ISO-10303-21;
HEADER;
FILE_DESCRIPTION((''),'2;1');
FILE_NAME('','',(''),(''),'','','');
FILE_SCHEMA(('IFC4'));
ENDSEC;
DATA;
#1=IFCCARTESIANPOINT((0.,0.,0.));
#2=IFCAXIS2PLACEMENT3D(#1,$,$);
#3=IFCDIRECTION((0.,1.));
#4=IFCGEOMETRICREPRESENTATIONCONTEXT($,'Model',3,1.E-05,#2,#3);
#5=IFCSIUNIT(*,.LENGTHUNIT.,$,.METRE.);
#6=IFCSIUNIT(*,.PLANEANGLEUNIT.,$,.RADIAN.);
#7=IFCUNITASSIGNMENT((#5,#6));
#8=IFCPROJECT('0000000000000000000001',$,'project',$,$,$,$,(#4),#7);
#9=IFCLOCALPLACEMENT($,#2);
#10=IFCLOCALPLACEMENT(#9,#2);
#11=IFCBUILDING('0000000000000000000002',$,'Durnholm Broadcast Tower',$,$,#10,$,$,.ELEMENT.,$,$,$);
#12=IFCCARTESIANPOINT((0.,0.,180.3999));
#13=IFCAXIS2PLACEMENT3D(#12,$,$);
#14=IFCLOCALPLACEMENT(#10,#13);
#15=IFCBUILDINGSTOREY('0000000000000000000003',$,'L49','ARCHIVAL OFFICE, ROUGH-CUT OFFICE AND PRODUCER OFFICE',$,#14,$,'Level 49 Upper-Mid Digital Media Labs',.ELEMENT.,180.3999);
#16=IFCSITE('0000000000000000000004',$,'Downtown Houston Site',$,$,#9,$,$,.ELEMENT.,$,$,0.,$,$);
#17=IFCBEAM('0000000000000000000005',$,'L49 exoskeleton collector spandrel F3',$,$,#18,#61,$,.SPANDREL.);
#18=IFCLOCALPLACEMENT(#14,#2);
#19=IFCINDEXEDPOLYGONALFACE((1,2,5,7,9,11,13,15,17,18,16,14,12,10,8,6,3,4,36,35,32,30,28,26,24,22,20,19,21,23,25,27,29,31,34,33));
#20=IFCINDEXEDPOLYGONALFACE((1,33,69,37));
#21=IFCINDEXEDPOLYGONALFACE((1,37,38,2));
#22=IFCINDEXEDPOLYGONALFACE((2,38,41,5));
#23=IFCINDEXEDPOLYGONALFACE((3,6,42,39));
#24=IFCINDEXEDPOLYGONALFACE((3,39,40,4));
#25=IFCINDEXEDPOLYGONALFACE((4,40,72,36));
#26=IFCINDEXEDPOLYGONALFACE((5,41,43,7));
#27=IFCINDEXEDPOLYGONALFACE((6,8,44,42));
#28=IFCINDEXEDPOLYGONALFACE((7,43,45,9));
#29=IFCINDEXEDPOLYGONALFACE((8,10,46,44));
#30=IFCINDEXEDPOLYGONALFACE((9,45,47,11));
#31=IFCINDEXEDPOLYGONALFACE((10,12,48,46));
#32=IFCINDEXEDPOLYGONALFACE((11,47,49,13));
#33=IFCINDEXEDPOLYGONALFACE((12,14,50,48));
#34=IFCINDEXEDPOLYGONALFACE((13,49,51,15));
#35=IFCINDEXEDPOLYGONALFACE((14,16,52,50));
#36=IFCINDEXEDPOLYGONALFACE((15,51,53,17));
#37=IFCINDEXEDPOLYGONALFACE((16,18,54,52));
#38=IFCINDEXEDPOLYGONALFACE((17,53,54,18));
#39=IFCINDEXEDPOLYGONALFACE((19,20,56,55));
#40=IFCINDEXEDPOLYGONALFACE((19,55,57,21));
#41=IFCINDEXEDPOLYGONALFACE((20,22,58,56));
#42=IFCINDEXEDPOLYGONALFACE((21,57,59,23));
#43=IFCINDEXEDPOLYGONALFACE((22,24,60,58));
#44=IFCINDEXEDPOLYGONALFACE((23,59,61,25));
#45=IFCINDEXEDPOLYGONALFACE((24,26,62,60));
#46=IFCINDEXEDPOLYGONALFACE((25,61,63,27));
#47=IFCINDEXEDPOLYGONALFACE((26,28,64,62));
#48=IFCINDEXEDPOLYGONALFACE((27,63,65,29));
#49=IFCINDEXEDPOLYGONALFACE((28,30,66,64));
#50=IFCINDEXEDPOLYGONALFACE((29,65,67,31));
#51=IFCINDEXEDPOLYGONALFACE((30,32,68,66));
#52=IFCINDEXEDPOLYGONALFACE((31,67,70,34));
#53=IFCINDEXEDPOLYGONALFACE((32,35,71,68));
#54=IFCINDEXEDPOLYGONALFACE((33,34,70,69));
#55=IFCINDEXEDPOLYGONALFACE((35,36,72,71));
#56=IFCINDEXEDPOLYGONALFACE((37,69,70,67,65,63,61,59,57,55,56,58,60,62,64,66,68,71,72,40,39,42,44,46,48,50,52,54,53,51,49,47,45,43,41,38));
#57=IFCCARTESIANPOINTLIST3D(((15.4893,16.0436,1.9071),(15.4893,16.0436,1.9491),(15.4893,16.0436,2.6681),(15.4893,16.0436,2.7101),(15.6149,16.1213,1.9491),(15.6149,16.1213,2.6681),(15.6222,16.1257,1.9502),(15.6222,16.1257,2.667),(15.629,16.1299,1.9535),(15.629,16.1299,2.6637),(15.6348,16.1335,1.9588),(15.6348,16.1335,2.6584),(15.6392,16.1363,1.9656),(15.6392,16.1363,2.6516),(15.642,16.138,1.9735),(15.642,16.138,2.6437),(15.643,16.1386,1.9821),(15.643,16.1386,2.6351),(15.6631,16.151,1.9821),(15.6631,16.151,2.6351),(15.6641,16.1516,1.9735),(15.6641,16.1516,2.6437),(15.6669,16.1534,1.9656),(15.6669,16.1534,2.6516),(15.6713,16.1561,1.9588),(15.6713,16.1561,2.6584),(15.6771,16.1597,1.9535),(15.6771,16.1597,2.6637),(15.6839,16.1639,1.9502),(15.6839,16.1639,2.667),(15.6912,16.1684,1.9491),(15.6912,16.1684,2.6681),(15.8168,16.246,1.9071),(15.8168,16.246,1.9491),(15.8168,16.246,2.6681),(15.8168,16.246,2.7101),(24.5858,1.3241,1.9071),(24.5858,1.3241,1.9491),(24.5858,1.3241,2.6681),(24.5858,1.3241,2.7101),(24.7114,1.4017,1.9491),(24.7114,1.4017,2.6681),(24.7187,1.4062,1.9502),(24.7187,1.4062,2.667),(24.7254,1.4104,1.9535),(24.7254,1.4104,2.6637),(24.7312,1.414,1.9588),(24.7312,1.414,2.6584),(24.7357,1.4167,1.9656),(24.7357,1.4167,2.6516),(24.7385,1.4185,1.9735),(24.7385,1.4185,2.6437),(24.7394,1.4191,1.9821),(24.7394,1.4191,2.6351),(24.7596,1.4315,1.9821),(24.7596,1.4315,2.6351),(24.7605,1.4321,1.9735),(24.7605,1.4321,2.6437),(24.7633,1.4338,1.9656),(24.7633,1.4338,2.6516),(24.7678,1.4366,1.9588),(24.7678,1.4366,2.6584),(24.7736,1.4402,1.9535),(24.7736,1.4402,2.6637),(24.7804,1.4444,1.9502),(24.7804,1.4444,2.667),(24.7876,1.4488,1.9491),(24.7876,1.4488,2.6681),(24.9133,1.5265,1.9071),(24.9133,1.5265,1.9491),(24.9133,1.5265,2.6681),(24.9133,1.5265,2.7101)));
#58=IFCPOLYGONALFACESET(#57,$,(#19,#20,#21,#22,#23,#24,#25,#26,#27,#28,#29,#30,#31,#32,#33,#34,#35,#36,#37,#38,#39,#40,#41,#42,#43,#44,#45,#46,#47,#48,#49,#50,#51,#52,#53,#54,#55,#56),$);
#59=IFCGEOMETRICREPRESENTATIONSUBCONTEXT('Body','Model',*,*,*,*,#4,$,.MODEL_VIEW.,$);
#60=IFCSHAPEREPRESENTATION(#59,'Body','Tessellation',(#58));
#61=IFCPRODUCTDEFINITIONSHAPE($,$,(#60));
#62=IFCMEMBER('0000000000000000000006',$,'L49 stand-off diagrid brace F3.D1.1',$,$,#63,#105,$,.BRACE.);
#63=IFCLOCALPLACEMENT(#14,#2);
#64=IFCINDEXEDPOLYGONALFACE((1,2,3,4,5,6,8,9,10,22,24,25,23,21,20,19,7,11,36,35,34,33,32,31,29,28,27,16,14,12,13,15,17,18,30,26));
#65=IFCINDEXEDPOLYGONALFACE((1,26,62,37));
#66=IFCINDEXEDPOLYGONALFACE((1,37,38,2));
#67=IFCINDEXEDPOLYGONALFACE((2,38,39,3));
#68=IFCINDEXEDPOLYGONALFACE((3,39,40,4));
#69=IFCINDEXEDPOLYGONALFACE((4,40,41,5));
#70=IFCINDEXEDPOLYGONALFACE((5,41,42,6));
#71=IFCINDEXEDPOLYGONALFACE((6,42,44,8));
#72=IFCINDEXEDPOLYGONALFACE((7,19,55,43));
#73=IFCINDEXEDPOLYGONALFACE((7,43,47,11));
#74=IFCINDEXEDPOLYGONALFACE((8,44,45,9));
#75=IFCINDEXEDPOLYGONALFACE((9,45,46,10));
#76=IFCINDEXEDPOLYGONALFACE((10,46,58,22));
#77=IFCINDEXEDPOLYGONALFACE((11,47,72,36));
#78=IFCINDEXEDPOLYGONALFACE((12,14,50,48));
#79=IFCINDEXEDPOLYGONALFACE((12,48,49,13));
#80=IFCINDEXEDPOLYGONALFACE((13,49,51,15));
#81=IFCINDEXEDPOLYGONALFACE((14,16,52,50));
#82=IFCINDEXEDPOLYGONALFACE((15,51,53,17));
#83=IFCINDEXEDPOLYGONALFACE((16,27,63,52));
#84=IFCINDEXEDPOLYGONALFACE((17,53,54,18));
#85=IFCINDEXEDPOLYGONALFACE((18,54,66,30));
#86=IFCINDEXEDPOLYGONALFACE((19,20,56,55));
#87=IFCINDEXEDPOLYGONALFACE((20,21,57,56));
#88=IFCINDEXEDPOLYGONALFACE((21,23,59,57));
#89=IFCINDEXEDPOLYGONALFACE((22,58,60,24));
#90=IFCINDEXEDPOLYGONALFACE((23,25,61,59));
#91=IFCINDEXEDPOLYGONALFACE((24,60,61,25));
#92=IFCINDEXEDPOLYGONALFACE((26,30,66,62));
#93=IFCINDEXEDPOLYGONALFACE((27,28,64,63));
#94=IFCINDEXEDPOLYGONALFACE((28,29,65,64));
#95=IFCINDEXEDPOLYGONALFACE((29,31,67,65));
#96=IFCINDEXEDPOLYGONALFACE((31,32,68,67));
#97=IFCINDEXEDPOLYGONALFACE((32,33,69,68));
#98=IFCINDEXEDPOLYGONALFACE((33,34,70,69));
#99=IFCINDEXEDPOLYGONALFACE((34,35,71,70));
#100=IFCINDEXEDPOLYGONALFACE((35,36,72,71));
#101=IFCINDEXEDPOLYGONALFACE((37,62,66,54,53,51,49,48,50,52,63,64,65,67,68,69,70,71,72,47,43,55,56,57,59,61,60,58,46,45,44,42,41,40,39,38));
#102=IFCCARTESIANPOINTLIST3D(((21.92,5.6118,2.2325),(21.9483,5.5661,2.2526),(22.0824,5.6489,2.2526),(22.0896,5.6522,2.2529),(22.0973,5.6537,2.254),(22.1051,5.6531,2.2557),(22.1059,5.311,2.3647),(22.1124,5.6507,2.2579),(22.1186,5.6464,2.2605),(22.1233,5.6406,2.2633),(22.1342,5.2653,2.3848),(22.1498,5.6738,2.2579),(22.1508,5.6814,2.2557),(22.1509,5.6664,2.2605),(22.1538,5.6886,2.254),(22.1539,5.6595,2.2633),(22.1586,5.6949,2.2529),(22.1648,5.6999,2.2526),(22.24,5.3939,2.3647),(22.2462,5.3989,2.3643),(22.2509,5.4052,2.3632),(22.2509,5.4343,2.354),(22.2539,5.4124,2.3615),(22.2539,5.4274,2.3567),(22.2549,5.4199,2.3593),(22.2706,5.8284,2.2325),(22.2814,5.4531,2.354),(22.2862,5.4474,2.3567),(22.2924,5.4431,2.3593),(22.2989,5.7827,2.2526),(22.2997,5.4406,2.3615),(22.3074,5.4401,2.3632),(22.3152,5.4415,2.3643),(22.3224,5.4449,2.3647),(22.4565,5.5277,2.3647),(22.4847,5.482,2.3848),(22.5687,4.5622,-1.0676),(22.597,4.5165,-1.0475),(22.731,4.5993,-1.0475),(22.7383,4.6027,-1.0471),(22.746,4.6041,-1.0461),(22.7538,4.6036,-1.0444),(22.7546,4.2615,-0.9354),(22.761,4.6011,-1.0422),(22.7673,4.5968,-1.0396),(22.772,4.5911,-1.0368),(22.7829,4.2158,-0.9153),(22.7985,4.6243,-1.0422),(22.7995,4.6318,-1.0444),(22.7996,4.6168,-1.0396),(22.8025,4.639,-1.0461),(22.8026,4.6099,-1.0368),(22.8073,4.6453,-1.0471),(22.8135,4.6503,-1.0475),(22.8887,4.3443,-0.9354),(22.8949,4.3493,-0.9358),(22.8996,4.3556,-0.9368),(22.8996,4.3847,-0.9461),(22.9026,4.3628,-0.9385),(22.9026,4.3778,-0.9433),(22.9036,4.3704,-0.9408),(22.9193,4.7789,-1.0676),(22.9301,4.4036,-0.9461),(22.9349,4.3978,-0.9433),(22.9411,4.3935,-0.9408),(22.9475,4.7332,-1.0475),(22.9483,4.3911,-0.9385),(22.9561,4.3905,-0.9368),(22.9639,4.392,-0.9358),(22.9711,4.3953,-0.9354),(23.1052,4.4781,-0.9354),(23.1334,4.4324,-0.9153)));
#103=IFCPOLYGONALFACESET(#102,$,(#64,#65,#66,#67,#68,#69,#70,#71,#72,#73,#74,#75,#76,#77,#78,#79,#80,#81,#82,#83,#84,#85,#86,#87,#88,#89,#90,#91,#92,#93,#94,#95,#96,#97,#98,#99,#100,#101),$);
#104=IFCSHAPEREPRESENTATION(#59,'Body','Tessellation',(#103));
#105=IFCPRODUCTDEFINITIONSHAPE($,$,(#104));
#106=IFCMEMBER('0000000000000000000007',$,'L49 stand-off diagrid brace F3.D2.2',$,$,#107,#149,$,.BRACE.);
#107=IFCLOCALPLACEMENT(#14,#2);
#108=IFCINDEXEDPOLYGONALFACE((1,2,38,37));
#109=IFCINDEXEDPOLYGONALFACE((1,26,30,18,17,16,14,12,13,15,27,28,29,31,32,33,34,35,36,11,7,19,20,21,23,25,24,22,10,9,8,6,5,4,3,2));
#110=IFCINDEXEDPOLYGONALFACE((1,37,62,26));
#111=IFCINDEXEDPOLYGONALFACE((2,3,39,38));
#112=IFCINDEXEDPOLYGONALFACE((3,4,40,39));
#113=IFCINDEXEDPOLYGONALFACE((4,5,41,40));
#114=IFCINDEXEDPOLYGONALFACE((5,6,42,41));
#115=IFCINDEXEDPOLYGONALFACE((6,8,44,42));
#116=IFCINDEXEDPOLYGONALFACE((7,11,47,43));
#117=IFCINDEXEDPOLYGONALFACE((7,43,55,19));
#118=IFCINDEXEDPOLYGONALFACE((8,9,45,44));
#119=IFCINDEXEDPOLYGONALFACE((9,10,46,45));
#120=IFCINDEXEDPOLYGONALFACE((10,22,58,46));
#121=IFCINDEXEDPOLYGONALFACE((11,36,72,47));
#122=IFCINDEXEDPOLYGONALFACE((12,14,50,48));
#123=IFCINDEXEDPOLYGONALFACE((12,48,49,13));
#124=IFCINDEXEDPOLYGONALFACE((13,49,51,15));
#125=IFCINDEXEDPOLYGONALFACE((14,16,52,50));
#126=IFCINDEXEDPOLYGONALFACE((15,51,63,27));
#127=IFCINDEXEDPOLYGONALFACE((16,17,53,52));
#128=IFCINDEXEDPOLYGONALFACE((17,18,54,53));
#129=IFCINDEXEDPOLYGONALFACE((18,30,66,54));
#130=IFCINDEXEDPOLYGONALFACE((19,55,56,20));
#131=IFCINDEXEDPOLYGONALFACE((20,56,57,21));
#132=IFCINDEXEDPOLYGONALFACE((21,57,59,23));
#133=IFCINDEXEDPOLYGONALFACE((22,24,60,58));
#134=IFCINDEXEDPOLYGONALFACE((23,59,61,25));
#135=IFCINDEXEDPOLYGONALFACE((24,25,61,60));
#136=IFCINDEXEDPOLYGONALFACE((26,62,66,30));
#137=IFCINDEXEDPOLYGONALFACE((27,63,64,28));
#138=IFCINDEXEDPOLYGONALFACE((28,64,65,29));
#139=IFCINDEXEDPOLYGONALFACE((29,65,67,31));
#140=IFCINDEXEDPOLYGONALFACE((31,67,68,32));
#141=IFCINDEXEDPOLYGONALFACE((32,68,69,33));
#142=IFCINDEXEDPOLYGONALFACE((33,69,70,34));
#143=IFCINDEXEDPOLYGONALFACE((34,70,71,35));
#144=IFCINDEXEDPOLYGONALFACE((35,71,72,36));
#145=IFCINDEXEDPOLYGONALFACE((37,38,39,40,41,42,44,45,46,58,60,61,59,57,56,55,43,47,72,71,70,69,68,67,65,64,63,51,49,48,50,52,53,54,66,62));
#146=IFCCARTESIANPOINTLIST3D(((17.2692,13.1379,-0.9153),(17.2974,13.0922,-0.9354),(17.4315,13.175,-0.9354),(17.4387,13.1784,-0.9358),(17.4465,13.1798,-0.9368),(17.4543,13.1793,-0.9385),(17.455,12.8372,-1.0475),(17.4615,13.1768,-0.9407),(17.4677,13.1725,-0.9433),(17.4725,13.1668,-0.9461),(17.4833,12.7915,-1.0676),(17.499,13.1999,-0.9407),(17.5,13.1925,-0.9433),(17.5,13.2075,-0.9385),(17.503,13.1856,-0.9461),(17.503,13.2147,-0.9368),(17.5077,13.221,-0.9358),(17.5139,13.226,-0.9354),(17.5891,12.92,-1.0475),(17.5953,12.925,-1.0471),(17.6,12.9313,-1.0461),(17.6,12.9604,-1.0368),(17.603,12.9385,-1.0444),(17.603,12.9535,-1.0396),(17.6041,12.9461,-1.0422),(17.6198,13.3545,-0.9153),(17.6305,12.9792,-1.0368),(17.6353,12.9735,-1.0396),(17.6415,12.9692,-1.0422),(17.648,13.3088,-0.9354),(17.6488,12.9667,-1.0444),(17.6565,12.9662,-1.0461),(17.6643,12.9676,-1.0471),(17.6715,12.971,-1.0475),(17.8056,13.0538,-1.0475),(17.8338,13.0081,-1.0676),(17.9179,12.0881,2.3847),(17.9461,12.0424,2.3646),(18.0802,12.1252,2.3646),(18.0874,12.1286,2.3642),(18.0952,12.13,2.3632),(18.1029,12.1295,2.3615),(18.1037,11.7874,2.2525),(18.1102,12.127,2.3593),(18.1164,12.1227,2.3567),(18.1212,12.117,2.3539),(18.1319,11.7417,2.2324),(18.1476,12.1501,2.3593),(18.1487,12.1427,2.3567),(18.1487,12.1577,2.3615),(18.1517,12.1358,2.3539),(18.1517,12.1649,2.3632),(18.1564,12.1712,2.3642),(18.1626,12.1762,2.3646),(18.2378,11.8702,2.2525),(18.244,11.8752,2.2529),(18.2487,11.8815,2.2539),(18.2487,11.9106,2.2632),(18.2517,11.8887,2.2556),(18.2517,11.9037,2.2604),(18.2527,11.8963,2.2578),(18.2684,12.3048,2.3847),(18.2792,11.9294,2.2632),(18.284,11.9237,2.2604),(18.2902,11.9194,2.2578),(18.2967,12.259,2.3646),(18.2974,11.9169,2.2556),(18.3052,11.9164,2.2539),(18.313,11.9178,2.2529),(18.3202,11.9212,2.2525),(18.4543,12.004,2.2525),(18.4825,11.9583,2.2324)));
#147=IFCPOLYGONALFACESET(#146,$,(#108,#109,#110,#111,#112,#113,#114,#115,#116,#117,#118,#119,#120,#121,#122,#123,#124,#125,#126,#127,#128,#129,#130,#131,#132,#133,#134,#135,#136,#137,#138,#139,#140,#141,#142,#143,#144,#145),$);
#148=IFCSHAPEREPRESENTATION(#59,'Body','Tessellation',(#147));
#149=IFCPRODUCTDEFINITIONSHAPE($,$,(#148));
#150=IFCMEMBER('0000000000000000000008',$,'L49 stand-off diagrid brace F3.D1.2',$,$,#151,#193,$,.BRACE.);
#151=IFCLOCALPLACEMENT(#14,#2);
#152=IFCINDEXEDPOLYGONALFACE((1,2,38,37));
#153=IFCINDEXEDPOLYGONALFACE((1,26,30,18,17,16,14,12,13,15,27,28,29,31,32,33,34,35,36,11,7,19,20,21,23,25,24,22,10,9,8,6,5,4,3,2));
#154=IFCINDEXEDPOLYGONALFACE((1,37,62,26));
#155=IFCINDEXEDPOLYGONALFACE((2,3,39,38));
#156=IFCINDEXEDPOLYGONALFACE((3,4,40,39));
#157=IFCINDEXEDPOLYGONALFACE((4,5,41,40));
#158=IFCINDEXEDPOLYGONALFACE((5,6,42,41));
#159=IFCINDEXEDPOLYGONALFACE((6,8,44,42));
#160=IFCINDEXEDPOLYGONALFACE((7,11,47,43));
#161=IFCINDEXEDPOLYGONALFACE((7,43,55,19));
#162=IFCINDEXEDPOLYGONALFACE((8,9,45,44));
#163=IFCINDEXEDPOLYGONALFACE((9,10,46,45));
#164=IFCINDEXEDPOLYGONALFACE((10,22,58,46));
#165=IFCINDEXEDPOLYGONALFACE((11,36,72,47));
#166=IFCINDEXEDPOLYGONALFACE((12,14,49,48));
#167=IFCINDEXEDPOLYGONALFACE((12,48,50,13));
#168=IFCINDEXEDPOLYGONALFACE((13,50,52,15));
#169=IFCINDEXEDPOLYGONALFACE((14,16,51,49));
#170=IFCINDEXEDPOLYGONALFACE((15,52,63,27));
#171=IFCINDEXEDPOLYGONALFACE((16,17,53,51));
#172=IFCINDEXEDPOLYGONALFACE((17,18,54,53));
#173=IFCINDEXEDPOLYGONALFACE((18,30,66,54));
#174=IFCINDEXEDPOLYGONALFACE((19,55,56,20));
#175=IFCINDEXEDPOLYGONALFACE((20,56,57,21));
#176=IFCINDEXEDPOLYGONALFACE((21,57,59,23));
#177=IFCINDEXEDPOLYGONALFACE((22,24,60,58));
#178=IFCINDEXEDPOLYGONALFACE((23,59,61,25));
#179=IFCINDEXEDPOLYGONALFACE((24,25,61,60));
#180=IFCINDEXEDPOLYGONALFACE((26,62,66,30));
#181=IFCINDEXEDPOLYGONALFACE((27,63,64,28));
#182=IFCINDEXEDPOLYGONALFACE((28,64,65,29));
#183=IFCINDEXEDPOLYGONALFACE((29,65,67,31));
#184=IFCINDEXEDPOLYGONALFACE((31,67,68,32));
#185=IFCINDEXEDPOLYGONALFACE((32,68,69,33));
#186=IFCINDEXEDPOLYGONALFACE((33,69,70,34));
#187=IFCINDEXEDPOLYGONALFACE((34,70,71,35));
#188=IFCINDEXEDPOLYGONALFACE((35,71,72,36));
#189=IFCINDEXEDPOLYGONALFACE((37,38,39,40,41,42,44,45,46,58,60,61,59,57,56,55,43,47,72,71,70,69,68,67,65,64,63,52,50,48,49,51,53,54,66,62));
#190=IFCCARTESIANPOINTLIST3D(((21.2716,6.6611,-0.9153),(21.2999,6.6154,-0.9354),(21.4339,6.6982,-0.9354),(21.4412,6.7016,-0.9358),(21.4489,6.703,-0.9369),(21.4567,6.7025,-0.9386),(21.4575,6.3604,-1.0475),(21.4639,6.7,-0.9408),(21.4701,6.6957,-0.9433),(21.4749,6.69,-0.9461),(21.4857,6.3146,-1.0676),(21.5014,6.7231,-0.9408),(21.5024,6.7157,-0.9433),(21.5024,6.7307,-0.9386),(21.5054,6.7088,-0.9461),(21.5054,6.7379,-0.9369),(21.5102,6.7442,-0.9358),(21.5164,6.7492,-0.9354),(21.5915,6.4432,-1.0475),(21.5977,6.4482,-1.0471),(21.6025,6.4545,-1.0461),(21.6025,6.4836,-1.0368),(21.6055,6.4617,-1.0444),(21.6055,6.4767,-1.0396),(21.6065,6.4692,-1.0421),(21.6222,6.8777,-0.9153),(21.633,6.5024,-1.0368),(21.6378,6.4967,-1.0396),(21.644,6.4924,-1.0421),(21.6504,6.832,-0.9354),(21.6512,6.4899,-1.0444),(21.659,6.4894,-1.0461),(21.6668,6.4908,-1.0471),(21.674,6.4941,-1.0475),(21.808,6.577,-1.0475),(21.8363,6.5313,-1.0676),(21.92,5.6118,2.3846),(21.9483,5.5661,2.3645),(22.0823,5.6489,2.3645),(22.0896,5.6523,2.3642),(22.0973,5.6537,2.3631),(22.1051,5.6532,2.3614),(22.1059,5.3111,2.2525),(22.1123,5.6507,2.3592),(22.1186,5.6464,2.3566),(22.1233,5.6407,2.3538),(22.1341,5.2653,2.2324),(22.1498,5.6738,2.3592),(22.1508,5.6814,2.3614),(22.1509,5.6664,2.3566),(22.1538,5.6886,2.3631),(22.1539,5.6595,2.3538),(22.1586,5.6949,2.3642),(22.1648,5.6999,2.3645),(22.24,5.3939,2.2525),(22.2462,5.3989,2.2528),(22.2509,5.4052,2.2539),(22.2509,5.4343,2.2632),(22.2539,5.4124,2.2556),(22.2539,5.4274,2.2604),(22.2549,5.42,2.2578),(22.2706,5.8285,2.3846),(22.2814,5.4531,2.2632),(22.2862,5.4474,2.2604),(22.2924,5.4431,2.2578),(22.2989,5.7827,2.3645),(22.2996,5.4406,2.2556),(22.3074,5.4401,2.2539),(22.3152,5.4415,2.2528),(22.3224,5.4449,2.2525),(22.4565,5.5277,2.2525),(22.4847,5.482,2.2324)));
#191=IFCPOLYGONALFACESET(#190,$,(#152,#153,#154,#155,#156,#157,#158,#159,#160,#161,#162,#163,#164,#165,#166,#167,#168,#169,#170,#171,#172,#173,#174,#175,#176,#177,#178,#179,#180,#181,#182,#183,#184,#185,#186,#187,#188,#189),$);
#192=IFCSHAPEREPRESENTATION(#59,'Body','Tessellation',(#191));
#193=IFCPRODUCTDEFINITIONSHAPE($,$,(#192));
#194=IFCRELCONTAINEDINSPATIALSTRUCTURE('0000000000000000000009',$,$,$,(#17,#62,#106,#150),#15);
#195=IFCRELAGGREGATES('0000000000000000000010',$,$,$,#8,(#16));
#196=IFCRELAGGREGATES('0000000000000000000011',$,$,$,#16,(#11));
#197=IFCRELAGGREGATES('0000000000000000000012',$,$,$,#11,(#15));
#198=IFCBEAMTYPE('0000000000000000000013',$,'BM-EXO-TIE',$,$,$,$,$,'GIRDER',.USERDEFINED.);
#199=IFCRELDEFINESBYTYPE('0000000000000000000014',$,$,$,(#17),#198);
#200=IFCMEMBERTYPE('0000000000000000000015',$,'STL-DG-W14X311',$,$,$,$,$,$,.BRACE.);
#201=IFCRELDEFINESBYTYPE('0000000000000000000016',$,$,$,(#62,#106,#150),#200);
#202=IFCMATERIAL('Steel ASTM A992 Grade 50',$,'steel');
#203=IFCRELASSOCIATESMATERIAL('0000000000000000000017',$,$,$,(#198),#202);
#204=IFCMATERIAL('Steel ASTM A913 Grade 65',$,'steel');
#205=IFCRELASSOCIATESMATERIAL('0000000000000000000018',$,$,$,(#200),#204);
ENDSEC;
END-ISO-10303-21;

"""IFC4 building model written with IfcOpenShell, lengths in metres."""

from ifc_helpers import new_model, si_unit, direction, frame, origin, origin_2d, place, context, subcontext, project, spatial, i_section, extrude, source, transform, mapped, material, material_profile, profile_set, type_object, type_shapes, element, save


model = new_model("IFC4")

# Units and contexts
model_context = context("Model", 3, precision=1e-05, world=origin(), true_north=direction((0.0, 1.0)))
body_context = subcontext(model_context, "Body", "Model", "MODEL_VIEW")
ifc_project = project(units=[si_unit("LENGTHUNIT", "METRE"), si_unit("PLANEANGLEUNIT", "RADIAN")], contexts=[model_context])

# Site, building, storey
site_placement = place(None, origin())
site = spatial("IfcSite", under=ifc_project, at=site_placement, Name="Downtown Houston Site", CompositionType="ELEMENT", RefElevation=0.0)
building_placement = place(site_placement, origin())
building = spatial("IfcBuilding", under=site, at=building_placement, Name="Durnholm Broadcast Tower", CompositionType="ELEMENT")
storey_placement = place(building_placement, frame((0.0, 0.0, 180.3999)))
storey = spatial("IfcBuildingStorey", under=building, at=storey_placement, Name="L49", Description="ARCHIVAL OFFICE, ROUGH-CUT OFFICE AND PRODUCER OFFICE", LongName="Level 49 Upper-Mid Digital Media Labs", CompositionType="ELEMENT", Elevation=180.3999)

# Beam
ifc_material_1 = material(Name="Steel ASTM A992 Grade 50", Category="steel")
ifc_material_profile_1 = material_profile(ifc_material_1, i_section(OverallWidth=0.385, OverallDepth=0.803, WebThickness=0.0237, FlangeThickness=0.042, FilletRadius=0.033, at=origin_2d()), Name="W30X261")
ifc_profile_set_1 = profile_set([ifc_material_profile_1], Name="Steel ASTM A992 Grade 50")
beam_type_1 = type_object("IfcBeamType", Name="BM-EXO-TIE", ElementType="GIRDER", PredefinedType="USERDEFINED", material=ifc_profile_set_1)
shared_shape_1 = source(origin(), body_context, "Body", "SweptSolid", [
    extrude(i_section(OverallWidth=0.385, OverallDepth=0.803, WebThickness=0.0237, FlangeThickness=0.042, FilletRadius=0.033, at=origin_2d()), origin(), (0.0, 0.0, 1.0), 17.3035),
])
beam_1_placement = place(storey_placement, frame((24.7495, 1.4253, 2.3086), z_axis=(-0.525702, 0.850669, 0.0), x_axis=(-0.850669, -0.525702, 0.0)))
element("IfcBeam", 1, at=beam_1_placement, inside=storey, type_object=beam_type_1, Name="L49 exoskeleton collector spandrel F3", PredefinedType="SPANDREL", context=body_context, shape_type="MappedRepresentation", body=[
    mapped(shared_shape_1, transform((0.0, 0.0, 0.0), x_axis=(1.0, 0.0, 0.0), y_axis=(0.0, 1.0, 0.0), z_axis=(0.0, 0.0, 1.0), scale=1.0)),
])

# Members
ifc_material_2 = material(Name="Steel ASTM A913 Grade 65", Category="steel")
ifc_material_profile_2 = material_profile(ifc_material_2, i_section(OverallWidth=0.4121, OverallDepth=0.4348, WebThickness=0.0359, FlangeThickness=0.0574, FilletRadius=0.0305, at=origin_2d()), Name="W14X311")
ifc_profile_set_2 = profile_set([ifc_material_profile_2], Name="Steel ASTM A913 Grade 65")
member_type_1 = type_object("IfcMemberType", Name="STL-DG-W14X311", PredefinedType="BRACE", material=ifc_profile_set_2)
shared_shape_2 = source(origin(), body_context, "Body", "SweptSolid", [
    extrude(i_section(OverallWidth=0.4121, OverallDepth=0.4348, WebThickness=0.0359, FlangeThickness=0.0574, FilletRadius=0.0305, at=origin_2d()), origin(), (0.0, 0.0, 1.0), 3.5232),
])
for number, where, z_axis, x_axis, name in (
    (2, (22.8511, 4.4973, -0.9915), (-0.184119, 0.297903, 0.936672), (-0.850644, -0.525741, 0.0), "L49 stand-off diagrid brace F3.D1.1"),
    (3, (17.5515, 13.073, -0.9915), (0.184115, -0.297966, 0.936652), (0.850699, 0.525653, 0.0), "L49 stand-off diagrid brace F3.D2.2"),
):
    element("IfcMember", number, at=place(storey_placement, frame(where, z_axis=z_axis, x_axis=x_axis)), inside=storey, type_object=member_type_1, Name=name, PredefinedType="BRACE", context=body_context, shape_type="MappedRepresentation", body=[
        mapped(shared_shape_2, transform((0.0, 0.0, 0.0), x_axis=(1.0, 0.0, 0.0), y_axis=(0.0, 1.0, 0.0), z_axis=(0.0, 0.0, 1.0), scale=1.0)),
    ])
shared_shape_3 = source(origin(), body_context, "Body", "SweptSolid", [
    extrude(i_section(OverallWidth=0.4121, OverallDepth=0.4348, WebThickness=0.0359, FlangeThickness=0.0574, FilletRadius=0.0305, at=origin_2d()), origin(), (0.0, 0.0, 1.0), 3.5229),
])
type_shapes(member_type_1, [shared_shape_2, shared_shape_3])
for number, where, z_axis, x_axis, name in (
    (4, (21.554, 6.5962, -0.9915), (0.184056, -0.297843, 0.936703), (0.850678, 0.525687, 0.0), "L49 stand-off diagrid brace F3.D1.2"),
):
    element("IfcMember", number, at=place(storey_placement, frame(where, z_axis=z_axis, x_axis=x_axis)), inside=storey, type_object=member_type_1, Name=name, PredefinedType="BRACE", context=body_context, shape_type="MappedRepresentation", body=[
        mapped(shared_shape_3, transform((0.0, 0.0, 0.0), x_axis=(1.0, 0.0, 0.0), y_axis=(0.0, 1.0, 0.0), z_axis=(0.0, 0.0, 1.0), scale=1.0)),
    ])

save(model, "model.ifc")
